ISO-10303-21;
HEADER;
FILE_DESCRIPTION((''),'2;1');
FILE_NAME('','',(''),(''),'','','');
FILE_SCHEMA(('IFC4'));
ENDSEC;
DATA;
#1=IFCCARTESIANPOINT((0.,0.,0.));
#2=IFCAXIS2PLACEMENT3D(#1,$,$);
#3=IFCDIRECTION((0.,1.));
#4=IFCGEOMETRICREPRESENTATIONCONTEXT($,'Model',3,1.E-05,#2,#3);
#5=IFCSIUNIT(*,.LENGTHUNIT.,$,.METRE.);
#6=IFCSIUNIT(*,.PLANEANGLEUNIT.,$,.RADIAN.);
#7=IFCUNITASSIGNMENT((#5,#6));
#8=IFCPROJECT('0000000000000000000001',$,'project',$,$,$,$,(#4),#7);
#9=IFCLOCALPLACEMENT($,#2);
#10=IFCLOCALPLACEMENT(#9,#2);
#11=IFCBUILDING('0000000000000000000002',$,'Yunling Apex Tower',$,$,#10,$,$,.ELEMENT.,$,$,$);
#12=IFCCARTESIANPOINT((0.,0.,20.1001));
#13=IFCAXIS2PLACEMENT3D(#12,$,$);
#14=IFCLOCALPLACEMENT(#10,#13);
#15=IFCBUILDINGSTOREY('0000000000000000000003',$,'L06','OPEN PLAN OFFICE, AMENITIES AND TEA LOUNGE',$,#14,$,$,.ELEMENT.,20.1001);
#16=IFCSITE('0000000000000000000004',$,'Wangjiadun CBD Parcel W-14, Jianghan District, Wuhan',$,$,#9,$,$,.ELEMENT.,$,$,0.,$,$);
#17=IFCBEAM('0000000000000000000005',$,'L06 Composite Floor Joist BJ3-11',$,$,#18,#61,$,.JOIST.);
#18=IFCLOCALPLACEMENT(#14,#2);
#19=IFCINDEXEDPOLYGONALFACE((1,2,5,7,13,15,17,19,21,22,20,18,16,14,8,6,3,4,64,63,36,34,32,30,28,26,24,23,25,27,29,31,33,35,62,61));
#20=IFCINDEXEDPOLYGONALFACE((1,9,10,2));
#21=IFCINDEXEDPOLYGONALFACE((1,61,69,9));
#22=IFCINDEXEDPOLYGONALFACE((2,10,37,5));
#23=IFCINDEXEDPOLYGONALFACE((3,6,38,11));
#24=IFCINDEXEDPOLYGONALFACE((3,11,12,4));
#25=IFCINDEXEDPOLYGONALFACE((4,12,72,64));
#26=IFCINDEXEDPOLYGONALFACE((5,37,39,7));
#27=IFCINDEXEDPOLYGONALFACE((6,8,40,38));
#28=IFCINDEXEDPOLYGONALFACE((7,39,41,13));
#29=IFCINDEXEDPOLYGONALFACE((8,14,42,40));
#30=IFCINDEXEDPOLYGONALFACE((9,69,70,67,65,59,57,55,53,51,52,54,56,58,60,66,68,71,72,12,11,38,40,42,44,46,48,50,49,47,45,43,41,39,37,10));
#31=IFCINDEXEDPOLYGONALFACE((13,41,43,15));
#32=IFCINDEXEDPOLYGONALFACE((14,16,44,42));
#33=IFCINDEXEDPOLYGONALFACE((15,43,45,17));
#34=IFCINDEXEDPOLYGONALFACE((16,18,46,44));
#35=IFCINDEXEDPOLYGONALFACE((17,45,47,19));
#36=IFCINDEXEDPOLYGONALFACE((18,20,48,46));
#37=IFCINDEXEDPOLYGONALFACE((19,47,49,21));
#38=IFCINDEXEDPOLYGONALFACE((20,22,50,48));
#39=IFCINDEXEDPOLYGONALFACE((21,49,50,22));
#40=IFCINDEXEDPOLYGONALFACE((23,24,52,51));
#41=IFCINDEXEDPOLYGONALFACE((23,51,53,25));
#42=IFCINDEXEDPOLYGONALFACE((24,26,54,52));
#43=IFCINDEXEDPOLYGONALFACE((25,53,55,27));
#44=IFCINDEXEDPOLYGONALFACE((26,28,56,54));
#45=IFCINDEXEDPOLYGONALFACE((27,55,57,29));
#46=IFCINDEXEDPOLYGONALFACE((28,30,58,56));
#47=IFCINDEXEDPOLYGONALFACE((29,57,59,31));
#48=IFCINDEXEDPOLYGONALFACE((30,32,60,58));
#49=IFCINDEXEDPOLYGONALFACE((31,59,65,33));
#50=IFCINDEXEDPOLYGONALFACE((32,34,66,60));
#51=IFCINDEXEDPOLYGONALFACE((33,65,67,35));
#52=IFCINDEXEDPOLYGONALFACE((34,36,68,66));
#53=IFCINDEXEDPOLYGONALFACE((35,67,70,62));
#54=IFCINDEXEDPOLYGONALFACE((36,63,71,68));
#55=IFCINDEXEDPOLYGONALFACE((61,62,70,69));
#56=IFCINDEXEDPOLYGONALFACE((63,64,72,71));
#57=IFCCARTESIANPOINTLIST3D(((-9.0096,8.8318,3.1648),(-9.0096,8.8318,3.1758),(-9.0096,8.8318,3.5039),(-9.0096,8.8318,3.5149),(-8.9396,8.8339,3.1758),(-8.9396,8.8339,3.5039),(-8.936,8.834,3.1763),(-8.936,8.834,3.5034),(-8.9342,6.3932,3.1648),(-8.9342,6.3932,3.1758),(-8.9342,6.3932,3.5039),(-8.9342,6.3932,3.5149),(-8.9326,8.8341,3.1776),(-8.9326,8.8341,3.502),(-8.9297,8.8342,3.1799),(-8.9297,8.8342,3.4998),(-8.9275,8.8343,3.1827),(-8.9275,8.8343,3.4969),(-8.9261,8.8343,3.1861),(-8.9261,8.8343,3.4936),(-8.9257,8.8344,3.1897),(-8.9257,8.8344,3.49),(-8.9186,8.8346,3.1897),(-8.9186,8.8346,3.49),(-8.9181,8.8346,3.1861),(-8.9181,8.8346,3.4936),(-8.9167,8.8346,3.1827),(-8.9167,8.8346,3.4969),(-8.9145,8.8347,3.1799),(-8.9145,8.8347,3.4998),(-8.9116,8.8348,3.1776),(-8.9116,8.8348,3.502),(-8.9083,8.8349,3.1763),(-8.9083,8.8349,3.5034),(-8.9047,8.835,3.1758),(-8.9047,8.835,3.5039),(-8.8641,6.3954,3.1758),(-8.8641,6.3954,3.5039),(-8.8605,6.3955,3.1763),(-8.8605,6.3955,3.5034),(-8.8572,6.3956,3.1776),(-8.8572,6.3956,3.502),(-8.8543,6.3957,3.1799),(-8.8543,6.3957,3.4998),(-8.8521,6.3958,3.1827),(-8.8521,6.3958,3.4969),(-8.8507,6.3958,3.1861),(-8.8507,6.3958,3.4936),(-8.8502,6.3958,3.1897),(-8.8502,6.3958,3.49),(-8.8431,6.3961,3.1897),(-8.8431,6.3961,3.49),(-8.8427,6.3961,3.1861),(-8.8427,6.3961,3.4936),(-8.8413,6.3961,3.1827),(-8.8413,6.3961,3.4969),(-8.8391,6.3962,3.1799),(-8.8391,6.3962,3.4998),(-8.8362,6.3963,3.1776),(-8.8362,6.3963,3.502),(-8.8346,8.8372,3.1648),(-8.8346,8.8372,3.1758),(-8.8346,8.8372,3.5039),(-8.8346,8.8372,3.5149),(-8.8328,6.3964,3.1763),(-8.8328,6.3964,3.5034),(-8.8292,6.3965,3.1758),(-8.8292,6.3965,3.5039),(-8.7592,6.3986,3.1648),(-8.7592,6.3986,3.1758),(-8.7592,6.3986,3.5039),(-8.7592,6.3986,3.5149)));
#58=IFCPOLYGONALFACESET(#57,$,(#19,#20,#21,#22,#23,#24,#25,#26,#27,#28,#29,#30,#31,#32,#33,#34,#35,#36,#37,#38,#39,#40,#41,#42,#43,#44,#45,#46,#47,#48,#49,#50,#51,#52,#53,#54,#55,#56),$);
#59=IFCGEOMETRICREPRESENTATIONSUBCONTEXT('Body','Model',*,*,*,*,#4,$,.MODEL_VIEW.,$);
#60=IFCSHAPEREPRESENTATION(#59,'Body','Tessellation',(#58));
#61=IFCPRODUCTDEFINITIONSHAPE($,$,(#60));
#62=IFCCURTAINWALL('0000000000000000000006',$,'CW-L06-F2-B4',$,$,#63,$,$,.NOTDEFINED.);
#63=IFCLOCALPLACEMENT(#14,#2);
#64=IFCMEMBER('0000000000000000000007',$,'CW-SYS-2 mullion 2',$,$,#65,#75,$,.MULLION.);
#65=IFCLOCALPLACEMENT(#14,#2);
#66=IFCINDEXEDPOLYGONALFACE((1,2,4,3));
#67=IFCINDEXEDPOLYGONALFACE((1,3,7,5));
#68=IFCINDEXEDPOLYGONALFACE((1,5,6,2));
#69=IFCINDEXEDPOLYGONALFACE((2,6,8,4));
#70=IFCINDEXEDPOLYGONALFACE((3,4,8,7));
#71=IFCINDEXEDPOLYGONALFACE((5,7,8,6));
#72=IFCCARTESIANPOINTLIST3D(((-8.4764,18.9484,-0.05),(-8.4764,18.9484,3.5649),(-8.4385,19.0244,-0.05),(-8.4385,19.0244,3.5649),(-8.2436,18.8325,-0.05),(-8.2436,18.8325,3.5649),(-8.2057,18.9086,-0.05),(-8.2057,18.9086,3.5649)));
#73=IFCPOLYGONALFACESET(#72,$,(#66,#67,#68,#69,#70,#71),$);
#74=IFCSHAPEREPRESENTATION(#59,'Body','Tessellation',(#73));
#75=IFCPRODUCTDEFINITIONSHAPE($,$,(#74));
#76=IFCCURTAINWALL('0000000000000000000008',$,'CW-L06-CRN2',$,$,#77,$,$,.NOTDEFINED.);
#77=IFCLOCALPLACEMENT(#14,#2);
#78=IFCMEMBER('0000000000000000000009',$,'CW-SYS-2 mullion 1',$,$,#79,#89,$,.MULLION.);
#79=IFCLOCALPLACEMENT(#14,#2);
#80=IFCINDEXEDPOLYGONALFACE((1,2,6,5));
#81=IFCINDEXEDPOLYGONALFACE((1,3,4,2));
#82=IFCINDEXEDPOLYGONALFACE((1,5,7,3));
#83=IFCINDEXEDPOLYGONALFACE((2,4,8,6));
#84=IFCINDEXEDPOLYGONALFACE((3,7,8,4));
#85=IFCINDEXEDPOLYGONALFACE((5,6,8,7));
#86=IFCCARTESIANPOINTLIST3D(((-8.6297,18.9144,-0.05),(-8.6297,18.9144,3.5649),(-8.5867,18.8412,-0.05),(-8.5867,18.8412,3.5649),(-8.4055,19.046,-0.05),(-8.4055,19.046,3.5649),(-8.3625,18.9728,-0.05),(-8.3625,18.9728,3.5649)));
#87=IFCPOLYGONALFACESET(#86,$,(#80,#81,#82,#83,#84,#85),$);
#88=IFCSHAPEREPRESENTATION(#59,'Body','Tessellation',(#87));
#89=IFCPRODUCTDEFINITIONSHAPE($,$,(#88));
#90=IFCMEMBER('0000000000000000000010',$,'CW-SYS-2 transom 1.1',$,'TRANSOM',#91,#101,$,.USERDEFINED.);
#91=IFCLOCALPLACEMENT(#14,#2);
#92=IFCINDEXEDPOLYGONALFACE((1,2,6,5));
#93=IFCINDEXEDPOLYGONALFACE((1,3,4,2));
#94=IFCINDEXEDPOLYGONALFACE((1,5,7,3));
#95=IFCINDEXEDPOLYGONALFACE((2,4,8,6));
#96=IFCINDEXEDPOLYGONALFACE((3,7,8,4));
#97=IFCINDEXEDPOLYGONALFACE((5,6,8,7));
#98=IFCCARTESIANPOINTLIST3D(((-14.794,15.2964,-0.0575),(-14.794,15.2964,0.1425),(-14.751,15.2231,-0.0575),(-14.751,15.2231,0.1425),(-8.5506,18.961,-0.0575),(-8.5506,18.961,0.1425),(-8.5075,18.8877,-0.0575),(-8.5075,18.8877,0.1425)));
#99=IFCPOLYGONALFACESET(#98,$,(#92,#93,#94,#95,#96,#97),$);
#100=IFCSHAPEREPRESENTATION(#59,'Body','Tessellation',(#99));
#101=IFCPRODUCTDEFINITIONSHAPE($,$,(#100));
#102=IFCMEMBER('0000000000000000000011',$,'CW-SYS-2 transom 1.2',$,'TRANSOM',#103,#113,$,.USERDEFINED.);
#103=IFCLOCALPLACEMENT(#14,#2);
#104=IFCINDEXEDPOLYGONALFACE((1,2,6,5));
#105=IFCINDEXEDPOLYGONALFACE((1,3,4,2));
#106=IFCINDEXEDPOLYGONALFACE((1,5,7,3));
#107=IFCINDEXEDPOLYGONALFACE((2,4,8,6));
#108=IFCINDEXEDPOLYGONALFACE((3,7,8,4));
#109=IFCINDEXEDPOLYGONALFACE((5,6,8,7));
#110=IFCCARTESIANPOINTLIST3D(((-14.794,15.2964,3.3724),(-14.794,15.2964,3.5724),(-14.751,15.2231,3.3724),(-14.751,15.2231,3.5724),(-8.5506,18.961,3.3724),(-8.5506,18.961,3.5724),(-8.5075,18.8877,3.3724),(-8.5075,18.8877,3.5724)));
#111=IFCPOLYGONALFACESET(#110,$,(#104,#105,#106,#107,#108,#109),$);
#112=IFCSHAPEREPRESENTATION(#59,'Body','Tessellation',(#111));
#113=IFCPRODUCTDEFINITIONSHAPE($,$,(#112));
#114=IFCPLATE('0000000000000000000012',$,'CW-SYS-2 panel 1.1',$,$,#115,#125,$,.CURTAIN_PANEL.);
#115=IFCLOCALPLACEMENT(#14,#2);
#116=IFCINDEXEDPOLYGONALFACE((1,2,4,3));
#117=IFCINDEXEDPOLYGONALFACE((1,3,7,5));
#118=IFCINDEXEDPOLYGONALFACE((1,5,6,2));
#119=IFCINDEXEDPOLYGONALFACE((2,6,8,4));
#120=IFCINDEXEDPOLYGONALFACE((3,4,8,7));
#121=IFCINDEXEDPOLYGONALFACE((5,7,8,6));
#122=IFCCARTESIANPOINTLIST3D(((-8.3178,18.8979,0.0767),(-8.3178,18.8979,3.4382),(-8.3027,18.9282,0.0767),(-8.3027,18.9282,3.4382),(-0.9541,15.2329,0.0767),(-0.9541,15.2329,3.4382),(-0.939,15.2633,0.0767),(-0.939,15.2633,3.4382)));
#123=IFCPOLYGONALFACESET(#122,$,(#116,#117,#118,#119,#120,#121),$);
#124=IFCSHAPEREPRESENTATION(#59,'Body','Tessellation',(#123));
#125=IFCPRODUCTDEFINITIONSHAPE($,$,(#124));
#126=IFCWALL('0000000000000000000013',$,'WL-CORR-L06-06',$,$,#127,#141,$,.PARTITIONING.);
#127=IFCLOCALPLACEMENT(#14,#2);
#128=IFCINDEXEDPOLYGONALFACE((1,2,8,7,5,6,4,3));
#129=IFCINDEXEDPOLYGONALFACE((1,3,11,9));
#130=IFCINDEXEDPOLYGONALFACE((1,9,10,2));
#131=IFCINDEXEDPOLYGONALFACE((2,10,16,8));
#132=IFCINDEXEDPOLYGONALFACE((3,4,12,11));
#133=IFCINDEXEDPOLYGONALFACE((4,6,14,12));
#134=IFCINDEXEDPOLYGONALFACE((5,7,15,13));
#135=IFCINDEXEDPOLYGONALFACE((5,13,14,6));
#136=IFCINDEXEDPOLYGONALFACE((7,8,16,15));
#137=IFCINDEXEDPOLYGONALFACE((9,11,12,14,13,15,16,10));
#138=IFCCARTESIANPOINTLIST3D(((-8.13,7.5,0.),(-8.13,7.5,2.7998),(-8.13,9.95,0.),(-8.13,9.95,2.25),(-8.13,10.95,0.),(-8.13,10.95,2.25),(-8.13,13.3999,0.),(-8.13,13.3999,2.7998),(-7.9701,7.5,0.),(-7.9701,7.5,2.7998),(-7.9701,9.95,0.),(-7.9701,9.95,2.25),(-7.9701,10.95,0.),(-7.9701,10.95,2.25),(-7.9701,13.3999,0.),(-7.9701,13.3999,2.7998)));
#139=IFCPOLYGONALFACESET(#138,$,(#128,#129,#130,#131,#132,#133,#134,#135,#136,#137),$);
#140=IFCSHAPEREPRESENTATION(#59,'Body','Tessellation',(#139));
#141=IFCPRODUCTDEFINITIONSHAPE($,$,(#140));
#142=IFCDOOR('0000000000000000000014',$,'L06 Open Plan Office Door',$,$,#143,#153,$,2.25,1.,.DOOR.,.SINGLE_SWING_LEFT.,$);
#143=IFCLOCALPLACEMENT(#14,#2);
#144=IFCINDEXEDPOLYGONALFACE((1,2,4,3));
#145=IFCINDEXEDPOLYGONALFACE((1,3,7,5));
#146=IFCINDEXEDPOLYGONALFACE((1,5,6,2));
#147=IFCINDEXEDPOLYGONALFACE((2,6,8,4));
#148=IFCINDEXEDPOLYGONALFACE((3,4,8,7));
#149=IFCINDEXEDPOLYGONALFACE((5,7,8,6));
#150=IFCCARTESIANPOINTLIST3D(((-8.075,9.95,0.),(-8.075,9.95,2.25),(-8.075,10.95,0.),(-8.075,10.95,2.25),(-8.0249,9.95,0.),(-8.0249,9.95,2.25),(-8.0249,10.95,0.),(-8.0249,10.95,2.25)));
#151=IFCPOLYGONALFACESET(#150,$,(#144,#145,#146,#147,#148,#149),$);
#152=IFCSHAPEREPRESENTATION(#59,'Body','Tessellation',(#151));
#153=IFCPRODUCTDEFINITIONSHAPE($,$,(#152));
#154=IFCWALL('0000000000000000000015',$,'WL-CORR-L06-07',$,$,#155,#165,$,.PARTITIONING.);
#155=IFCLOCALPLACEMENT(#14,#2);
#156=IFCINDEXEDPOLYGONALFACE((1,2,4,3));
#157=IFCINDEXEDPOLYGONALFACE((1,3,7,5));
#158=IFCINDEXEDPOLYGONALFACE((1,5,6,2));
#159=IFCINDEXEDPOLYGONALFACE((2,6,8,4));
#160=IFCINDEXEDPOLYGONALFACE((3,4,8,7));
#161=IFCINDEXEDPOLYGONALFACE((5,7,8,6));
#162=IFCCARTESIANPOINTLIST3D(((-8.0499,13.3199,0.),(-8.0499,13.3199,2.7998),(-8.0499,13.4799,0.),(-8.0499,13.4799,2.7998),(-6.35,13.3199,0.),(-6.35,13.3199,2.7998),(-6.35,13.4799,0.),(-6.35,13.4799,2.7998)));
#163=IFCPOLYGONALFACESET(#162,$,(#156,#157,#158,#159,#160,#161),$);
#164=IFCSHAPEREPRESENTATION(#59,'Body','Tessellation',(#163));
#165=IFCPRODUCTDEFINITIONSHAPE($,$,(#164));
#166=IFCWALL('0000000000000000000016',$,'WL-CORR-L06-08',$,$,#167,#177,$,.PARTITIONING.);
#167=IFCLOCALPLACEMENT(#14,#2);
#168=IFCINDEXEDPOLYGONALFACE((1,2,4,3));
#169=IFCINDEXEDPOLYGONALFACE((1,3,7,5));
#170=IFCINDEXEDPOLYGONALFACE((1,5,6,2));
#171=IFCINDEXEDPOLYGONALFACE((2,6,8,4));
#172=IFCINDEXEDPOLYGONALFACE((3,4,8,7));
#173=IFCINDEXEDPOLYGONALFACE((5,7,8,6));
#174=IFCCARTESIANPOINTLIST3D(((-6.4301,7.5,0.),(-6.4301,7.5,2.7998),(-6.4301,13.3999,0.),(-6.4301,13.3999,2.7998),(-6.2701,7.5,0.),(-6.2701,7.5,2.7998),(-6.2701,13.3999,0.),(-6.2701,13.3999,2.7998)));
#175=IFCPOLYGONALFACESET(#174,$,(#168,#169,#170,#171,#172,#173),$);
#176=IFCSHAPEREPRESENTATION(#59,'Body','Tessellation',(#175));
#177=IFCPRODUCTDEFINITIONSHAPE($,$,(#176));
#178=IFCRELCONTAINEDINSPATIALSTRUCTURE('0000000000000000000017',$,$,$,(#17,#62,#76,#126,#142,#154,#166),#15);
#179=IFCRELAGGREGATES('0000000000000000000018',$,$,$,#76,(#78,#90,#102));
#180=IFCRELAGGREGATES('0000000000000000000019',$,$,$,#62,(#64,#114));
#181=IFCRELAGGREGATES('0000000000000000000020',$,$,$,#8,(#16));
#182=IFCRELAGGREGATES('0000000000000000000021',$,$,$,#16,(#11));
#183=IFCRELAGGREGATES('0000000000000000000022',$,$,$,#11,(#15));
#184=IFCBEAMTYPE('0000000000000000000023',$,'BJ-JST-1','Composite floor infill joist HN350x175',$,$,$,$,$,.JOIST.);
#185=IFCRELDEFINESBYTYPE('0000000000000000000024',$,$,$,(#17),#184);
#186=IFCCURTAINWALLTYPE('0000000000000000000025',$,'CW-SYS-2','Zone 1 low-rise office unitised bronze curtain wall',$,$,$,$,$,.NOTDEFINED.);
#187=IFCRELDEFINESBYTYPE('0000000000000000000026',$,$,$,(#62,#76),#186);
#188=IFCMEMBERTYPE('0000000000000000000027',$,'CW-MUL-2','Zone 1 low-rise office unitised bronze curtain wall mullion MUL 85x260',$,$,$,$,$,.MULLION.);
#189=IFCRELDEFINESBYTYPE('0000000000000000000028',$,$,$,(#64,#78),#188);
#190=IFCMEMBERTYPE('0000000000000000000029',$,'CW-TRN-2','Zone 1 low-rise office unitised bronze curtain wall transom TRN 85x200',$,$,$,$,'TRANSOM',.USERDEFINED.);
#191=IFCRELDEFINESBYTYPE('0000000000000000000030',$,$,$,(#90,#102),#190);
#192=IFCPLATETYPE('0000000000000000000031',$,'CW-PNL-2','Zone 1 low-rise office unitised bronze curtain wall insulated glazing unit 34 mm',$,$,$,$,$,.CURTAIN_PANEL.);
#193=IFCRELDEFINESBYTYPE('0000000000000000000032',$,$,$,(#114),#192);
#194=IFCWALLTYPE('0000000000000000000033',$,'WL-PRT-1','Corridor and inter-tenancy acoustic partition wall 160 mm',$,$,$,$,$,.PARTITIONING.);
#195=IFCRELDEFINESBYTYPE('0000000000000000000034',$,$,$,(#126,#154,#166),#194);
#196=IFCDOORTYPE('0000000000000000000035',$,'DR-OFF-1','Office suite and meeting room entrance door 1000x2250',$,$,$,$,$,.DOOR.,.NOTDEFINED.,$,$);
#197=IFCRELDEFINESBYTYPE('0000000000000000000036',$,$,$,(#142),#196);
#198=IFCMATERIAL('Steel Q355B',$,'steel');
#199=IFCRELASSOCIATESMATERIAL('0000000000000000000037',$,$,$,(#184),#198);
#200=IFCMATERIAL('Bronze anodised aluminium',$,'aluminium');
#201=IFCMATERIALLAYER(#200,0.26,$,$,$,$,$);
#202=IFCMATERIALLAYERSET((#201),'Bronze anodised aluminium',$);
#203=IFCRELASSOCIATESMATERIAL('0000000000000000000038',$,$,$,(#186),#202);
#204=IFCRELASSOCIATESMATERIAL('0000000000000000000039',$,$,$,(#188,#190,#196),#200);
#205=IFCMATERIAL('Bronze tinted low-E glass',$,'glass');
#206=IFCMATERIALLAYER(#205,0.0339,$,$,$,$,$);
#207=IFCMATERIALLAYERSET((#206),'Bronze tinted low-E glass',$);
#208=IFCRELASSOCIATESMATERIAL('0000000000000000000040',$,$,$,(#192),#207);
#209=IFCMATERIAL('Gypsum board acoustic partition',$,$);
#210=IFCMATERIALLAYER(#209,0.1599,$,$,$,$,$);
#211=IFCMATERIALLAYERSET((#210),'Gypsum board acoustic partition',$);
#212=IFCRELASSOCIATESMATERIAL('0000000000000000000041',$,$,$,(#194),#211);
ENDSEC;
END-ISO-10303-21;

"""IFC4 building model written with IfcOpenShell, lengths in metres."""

from ifc_helpers import new_model, si_unit, direction, frame, frame_2d, origin, origin_2d, place, context, subcontext, project, spatial, rectangle, i_section, extrude, source, transform, mapped, material, layer, layer_set, material_profile, profile_set, type_object, element, fill, aggregate, save


model = new_model("IFC4")

# Units and contexts
model_context = context("Model", 3, precision=1e-05, world=origin(), true_north=direction((0.0, 1.0)))
body_context = subcontext(model_context, "Body", "Model", "MODEL_VIEW")
ifc_project = project(units=[si_unit("LENGTHUNIT", "METRE"), si_unit("PLANEANGLEUNIT", "RADIAN")], contexts=[model_context])

# Site, building, storey
site_placement = place(None, origin())
site = spatial("IfcSite", under=ifc_project, at=site_placement, Name="Wangjiadun CBD Parcel W-14, Jianghan District, Wuhan", CompositionType="ELEMENT", RefElevation=0.0)
building_placement = place(site_placement, origin())
building = spatial("IfcBuilding", under=site, at=building_placement, Name="Yunling Apex Tower", CompositionType="ELEMENT")
storey_placement = place(building_placement, frame((0.0, 0.0, 20.1001)))
storey = spatial("IfcBuildingStorey", under=building, at=storey_placement, Name="L06", Description="OPEN PLAN OFFICE, AMENITIES AND TEA LOUNGE", CompositionType="ELEMENT", Elevation=20.1001)

# Beam
ifc_material_1 = material(Name="Steel Q355B", Category="steel")
ifc_material_profile_1 = material_profile(ifc_material_1, i_section(OverallWidth=0.175, OverallDepth=0.3501, WebThickness=0.0071, FlangeThickness=0.011, FilletRadius=0.0139, at=origin_2d()))
ifc_profile_set_1 = profile_set([ifc_material_profile_1], Name="Steel Q355B")
beam_type_1 = type_object("IfcBeamType", Name="BJ-JST-1", Description="Composite floor infill joist HN350x175", PredefinedType="JOIST", material=ifc_profile_set_1)
shared_shape_1 = source(origin(), body_context, "Body", "SweptSolid", [
    extrude(i_section(OverallWidth=0.175, OverallDepth=0.3501, WebThickness=0.0071, FlangeThickness=0.011, FilletRadius=0.0139, at=origin_2d()), origin(), (0.0, 0.0, 1.0), 2.4397),
])
beam_1_placement = place(storey_placement, frame((-8.9221, 8.8345, 3.3398), z_axis=(0.030922, -0.999522, 0.0), x_axis=(0.999522, 0.030922, 0.0)))
element("IfcBeam", 1, at=beam_1_placement, inside=storey, type_object=beam_type_1, Name="L06 Composite Floor Joist BJ3-11", PredefinedType="JOIST", context=body_context, shape_type="MappedRepresentation", body=[
    mapped(shared_shape_1, transform((0.0, 0.0, 0.0), scale=1.0)),
])

# Curtain wall, member
ifc_material_2 = material(Name="Bronze anodised aluminium", Category="aluminium")
ifc_layer_1 = layer(ifc_material_2, 0.26)
ifc_layer_set_1 = layer_set([ifc_layer_1], Name="Bronze anodised aluminium")
curtain_wall_type = type_object("IfcCurtainWallType", Name="CW-SYS-2", Description="Zone 1 low-rise office unitised bronze curtain wall", PredefinedType="NOTDEFINED", material=ifc_layer_set_1)
curtain_wall_1_placement = place(storey_placement, origin())
curtain_wall_1 = element("IfcCurtainWall", 2, at=curtain_wall_1_placement, inside=storey, type_object=curtain_wall_type, Name="CW-L06-F2-B4", PredefinedType="NOTDEFINED")
ifc_material_profile_2 = material_profile(ifc_material_2, rectangle(XDim=0.085, YDim=0.26, at=origin_2d()))
ifc_profile_set_2 = profile_set([ifc_material_profile_2], Name="Bronze anodised aluminium")
member_type_1 = type_object("IfcMemberType", Name="CW-MUL-2", Description="Zone 1 low-rise office unitised bronze curtain wall mullion MUL 85x260", PredefinedType="MULLION", material=ifc_profile_set_2)
shared_shape_2 = source(origin(), body_context, "Body", "SweptSolid", [
    extrude(rectangle(XDim=0.085, YDim=0.26, at=origin_2d()), origin(), (0.0, 0.0, 1.0), 3.615),
])
member_1_placement = place(storey_placement, frame((-8.3411, 18.9285, -0.05), z_axis=(0.0, 0.0, 1.0), x_axis=(-0.445571, -0.895247, 0.0)))
member_1 = element("IfcMember", 3, at=member_1_placement, type_object=member_type_1, Name="CW-SYS-2 mullion 2", PredefinedType="MULLION", context=body_context, shape_type="MappedRepresentation", body=[
    mapped(shared_shape_2, transform((0.0, 0.0, 0.0), scale=1.0)),
])

# Curtain wall, members
curtain_wall_2_placement = place(storey_placement, origin())
curtain_wall_2 = element("IfcCurtainWall", 4, at=curtain_wall_2_placement, inside=storey, type_object=curtain_wall_type, Name="CW-L06-CRN2", PredefinedType="NOTDEFINED")
member_2_placement = place(storey_placement, frame((-8.4961, 18.9436, -0.05), z_axis=(0.0, 0.0, 1.0), x_axis=(0.506196, -0.862419, 0.0)))
member_2 = element("IfcMember", 5, at=member_2_placement, type_object=member_type_1, Name="CW-SYS-2 mullion 1", PredefinedType="MULLION", context=body_context, shape_type="MappedRepresentation", body=[
    mapped(shared_shape_2, transform((0.0, 0.0, 0.0), scale=1.0)),
])
ifc_material_profile_3 = material_profile(ifc_material_2, rectangle(XDim=0.085, YDim=0.2, at=origin_2d()))
ifc_profile_set_3 = profile_set([ifc_material_profile_3], Name="Bronze anodised aluminium")
member_type_2 = type_object("IfcMemberType", Name="CW-TRN-2", Description="Zone 1 low-rise office unitised bronze curtain wall transom TRN 85x200", ElementType="TRANSOM", PredefinedType="USERDEFINED", material=ifc_profile_set_3)
shared_shape_3 = source(origin(), body_context, "Body", "SweptSolid", [
    extrude(rectangle(XDim=0.085, YDim=0.2, at=origin_2d()), origin(), (0.0, 0.0, 1.0), 7.2395),
])
member_3_placement = place(storey_placement, frame((-8.5291, 18.9243, 0.0425), z_axis=(-0.862419, -0.506195, 0.0), x_axis=(0.506195, -0.862419, 0.0)))
member_3 = element("IfcMember", 6, at=member_3_placement, type_object=member_type_2, Name="CW-SYS-2 transom 1.1", ObjectType="TRANSOM", PredefinedType="USERDEFINED", context=body_context, shape_type="MappedRepresentation", body=[
    mapped(shared_shape_3, transform((0.0, 0.0, 0.0), scale=1.0)),
])
member_4_placement = place(storey_placement, frame((-8.5291, 18.9243, 3.4724), z_axis=(-0.862419, -0.506195, 0.0), x_axis=(0.506195, -0.862419, 0.0)))
member_4 = element("IfcMember", 7, at=member_4_placement, type_object=member_type_2, Name="CW-SYS-2 transom 1.2", ObjectType="TRANSOM", PredefinedType="USERDEFINED", context=body_context, shape_type="MappedRepresentation", body=[
    mapped(shared_shape_3, transform((0.0, 0.0, 0.0), scale=1.0)),
])
aggregate(curtain_wall_2, [member_2, member_3, member_4])

# Plate
ifc_material_3 = material(Name="Bronze tinted low-E glass", Category="glass")
ifc_layer_2 = layer(ifc_material_3, 0.0339)
ifc_layer_set_2 = layer_set([ifc_layer_2], Name="Bronze tinted low-E glass")
plate_type = type_object("IfcPlateType", Name="CW-PNL-2", Description="Zone 1 low-rise office unitised bronze curtain wall insulated glazing unit 34 mm", PredefinedType="CURTAIN_PANEL", material=ifc_layer_set_2)
shared_shape_4 = source(origin(), body_context, "Body", "SweptSolid", [
    extrude(rectangle(XDim=8.2253, YDim=0.0339, at=origin_2d()), origin(), (0.0, 0.0, 1.0), 3.3616),
])
plate_placement = place(storey_placement, frame((-4.6284, 17.0806, 0.0767), z_axis=(0.0, 0.0, 1.0), x_axis=(-0.895247, 0.445571, 0.0)))
plate = element("IfcPlate", 8, at=plate_placement, type_object=plate_type, Name="CW-SYS-2 panel 1.1", PredefinedType="CURTAIN_PANEL", context=body_context, shape_type="MappedRepresentation", body=[
    mapped(shared_shape_4, transform((0.0, 0.0, 0.0), scale=1.0)),
])
aggregate(curtain_wall_1, [member_1, plate])

# Wall, opening, door
ifc_material_4 = material(Name="Gypsum board acoustic partition")
ifc_layer_3 = layer(ifc_material_4, 0.1599)
ifc_layer_set_3 = layer_set([ifc_layer_3], Name="Gypsum board acoustic partition")
wall_type_1 = type_object("IfcWallType", Name="WL-PRT-1", Description="Corridor and inter-tenancy acoustic partition wall 160 mm", PredefinedType="PARTITIONING", material=ifc_layer_set_3)
wall_1_placement = place(storey_placement, frame((-8.05, 7.5, 0.0), z_axis=(0.0, 0.0, 1.0), x_axis=(0.0, 1.0, 0.0)))
wall_1 = element("IfcWall", 9, at=wall_1_placement, inside=storey, type_object=wall_type_1, Name="WL-CORR-L06-06", PredefinedType="PARTITIONING", context=body_context, shape_type="SweptSolid", body=[
    extrude(rectangle(XDim=5.8999, YDim=0.1599, at=frame_2d((2.95, 0.0))), origin(), (0.0, 0.0, 1.0), 2.7998),
])
opening_1_placement = place(wall_1_placement, frame((2.45, 0.0, 0.0)))
opening_1 = element("IfcOpeningElement", 10, at=opening_1_placement, cuts=wall_1, PredefinedType="OPENING", context=body_context, shape_type="SweptSolid", body=[
    extrude(rectangle(XDim=1.0, YDim=2.25, at=frame_2d((0.5, 1.125))), frame((0.0, 0.0898, 0.0), z_axis=(0.0, -1.0, 0.0), x_axis=(1.0, 0.0, 0.0)), (0.0, 0.0, 1.0), 0.1799),
])
door_type = type_object("IfcDoorType", Name="DR-OFF-1", Description="Office suite and meeting room entrance door 1000x2250", OperationType="NOTDEFINED", PredefinedType="DOOR", material=ifc_material_2)
door_1_placement = place(opening_1_placement, origin())
door_1 = element("IfcDoor", 11, at=door_1_placement, inside=storey, type_object=door_type, Name="L06 Open Plan Office Door", OperationType="SINGLE_SWING_LEFT", OverallHeight=2.25, OverallWidth=1.0, PredefinedType="DOOR", context=body_context, shape_type="SweptSolid", body=[
    extrude(rectangle(XDim=1.0, YDim=2.25, at=frame_2d((0.5, 1.125))), frame((0.0, 0.0249, 0.0), z_axis=(0.0, -1.0, 0.0), x_axis=(1.0, 0.0, 0.0)), (0.0, 0.0, 1.0), 0.05),
])
fill(opening_1, door_1)

# Walls
wall_2_placement = place(storey_placement, frame((-8.05, 13.3999, 0.0), z_axis=(0.0, 0.0, 1.0), x_axis=(1.0, 0.0, 0.0)))
element("IfcWall", 12, at=wall_2_placement, inside=storey, type_object=wall_type_1, Name="WL-CORR-L06-07", PredefinedType="PARTITIONING", context=body_context, shape_type="SweptSolid", body=[
    extrude(rectangle(XDim=1.7, YDim=0.1599, at=frame_2d((0.8501, 0.0))), origin(), (0.0, 0.0, 1.0), 2.7998),
])
wall_3_placement = place(storey_placement, frame((-6.3501, 13.3999, 0.0), z_axis=(0.0, 0.0, 1.0), x_axis=(0.0, -1.0, 0.0)))
element("IfcWall", 13, at=wall_3_placement, inside=storey, type_object=wall_type_1, Name="WL-CORR-L06-08", PredefinedType="PARTITIONING", context=body_context, shape_type="SweptSolid", body=[
    extrude(rectangle(XDim=5.8999, YDim=0.1599, at=frame_2d((2.95, 0.0))), origin(), (0.0, 0.0, 1.0), 2.7998),
])

save(model, "model.ifc")
